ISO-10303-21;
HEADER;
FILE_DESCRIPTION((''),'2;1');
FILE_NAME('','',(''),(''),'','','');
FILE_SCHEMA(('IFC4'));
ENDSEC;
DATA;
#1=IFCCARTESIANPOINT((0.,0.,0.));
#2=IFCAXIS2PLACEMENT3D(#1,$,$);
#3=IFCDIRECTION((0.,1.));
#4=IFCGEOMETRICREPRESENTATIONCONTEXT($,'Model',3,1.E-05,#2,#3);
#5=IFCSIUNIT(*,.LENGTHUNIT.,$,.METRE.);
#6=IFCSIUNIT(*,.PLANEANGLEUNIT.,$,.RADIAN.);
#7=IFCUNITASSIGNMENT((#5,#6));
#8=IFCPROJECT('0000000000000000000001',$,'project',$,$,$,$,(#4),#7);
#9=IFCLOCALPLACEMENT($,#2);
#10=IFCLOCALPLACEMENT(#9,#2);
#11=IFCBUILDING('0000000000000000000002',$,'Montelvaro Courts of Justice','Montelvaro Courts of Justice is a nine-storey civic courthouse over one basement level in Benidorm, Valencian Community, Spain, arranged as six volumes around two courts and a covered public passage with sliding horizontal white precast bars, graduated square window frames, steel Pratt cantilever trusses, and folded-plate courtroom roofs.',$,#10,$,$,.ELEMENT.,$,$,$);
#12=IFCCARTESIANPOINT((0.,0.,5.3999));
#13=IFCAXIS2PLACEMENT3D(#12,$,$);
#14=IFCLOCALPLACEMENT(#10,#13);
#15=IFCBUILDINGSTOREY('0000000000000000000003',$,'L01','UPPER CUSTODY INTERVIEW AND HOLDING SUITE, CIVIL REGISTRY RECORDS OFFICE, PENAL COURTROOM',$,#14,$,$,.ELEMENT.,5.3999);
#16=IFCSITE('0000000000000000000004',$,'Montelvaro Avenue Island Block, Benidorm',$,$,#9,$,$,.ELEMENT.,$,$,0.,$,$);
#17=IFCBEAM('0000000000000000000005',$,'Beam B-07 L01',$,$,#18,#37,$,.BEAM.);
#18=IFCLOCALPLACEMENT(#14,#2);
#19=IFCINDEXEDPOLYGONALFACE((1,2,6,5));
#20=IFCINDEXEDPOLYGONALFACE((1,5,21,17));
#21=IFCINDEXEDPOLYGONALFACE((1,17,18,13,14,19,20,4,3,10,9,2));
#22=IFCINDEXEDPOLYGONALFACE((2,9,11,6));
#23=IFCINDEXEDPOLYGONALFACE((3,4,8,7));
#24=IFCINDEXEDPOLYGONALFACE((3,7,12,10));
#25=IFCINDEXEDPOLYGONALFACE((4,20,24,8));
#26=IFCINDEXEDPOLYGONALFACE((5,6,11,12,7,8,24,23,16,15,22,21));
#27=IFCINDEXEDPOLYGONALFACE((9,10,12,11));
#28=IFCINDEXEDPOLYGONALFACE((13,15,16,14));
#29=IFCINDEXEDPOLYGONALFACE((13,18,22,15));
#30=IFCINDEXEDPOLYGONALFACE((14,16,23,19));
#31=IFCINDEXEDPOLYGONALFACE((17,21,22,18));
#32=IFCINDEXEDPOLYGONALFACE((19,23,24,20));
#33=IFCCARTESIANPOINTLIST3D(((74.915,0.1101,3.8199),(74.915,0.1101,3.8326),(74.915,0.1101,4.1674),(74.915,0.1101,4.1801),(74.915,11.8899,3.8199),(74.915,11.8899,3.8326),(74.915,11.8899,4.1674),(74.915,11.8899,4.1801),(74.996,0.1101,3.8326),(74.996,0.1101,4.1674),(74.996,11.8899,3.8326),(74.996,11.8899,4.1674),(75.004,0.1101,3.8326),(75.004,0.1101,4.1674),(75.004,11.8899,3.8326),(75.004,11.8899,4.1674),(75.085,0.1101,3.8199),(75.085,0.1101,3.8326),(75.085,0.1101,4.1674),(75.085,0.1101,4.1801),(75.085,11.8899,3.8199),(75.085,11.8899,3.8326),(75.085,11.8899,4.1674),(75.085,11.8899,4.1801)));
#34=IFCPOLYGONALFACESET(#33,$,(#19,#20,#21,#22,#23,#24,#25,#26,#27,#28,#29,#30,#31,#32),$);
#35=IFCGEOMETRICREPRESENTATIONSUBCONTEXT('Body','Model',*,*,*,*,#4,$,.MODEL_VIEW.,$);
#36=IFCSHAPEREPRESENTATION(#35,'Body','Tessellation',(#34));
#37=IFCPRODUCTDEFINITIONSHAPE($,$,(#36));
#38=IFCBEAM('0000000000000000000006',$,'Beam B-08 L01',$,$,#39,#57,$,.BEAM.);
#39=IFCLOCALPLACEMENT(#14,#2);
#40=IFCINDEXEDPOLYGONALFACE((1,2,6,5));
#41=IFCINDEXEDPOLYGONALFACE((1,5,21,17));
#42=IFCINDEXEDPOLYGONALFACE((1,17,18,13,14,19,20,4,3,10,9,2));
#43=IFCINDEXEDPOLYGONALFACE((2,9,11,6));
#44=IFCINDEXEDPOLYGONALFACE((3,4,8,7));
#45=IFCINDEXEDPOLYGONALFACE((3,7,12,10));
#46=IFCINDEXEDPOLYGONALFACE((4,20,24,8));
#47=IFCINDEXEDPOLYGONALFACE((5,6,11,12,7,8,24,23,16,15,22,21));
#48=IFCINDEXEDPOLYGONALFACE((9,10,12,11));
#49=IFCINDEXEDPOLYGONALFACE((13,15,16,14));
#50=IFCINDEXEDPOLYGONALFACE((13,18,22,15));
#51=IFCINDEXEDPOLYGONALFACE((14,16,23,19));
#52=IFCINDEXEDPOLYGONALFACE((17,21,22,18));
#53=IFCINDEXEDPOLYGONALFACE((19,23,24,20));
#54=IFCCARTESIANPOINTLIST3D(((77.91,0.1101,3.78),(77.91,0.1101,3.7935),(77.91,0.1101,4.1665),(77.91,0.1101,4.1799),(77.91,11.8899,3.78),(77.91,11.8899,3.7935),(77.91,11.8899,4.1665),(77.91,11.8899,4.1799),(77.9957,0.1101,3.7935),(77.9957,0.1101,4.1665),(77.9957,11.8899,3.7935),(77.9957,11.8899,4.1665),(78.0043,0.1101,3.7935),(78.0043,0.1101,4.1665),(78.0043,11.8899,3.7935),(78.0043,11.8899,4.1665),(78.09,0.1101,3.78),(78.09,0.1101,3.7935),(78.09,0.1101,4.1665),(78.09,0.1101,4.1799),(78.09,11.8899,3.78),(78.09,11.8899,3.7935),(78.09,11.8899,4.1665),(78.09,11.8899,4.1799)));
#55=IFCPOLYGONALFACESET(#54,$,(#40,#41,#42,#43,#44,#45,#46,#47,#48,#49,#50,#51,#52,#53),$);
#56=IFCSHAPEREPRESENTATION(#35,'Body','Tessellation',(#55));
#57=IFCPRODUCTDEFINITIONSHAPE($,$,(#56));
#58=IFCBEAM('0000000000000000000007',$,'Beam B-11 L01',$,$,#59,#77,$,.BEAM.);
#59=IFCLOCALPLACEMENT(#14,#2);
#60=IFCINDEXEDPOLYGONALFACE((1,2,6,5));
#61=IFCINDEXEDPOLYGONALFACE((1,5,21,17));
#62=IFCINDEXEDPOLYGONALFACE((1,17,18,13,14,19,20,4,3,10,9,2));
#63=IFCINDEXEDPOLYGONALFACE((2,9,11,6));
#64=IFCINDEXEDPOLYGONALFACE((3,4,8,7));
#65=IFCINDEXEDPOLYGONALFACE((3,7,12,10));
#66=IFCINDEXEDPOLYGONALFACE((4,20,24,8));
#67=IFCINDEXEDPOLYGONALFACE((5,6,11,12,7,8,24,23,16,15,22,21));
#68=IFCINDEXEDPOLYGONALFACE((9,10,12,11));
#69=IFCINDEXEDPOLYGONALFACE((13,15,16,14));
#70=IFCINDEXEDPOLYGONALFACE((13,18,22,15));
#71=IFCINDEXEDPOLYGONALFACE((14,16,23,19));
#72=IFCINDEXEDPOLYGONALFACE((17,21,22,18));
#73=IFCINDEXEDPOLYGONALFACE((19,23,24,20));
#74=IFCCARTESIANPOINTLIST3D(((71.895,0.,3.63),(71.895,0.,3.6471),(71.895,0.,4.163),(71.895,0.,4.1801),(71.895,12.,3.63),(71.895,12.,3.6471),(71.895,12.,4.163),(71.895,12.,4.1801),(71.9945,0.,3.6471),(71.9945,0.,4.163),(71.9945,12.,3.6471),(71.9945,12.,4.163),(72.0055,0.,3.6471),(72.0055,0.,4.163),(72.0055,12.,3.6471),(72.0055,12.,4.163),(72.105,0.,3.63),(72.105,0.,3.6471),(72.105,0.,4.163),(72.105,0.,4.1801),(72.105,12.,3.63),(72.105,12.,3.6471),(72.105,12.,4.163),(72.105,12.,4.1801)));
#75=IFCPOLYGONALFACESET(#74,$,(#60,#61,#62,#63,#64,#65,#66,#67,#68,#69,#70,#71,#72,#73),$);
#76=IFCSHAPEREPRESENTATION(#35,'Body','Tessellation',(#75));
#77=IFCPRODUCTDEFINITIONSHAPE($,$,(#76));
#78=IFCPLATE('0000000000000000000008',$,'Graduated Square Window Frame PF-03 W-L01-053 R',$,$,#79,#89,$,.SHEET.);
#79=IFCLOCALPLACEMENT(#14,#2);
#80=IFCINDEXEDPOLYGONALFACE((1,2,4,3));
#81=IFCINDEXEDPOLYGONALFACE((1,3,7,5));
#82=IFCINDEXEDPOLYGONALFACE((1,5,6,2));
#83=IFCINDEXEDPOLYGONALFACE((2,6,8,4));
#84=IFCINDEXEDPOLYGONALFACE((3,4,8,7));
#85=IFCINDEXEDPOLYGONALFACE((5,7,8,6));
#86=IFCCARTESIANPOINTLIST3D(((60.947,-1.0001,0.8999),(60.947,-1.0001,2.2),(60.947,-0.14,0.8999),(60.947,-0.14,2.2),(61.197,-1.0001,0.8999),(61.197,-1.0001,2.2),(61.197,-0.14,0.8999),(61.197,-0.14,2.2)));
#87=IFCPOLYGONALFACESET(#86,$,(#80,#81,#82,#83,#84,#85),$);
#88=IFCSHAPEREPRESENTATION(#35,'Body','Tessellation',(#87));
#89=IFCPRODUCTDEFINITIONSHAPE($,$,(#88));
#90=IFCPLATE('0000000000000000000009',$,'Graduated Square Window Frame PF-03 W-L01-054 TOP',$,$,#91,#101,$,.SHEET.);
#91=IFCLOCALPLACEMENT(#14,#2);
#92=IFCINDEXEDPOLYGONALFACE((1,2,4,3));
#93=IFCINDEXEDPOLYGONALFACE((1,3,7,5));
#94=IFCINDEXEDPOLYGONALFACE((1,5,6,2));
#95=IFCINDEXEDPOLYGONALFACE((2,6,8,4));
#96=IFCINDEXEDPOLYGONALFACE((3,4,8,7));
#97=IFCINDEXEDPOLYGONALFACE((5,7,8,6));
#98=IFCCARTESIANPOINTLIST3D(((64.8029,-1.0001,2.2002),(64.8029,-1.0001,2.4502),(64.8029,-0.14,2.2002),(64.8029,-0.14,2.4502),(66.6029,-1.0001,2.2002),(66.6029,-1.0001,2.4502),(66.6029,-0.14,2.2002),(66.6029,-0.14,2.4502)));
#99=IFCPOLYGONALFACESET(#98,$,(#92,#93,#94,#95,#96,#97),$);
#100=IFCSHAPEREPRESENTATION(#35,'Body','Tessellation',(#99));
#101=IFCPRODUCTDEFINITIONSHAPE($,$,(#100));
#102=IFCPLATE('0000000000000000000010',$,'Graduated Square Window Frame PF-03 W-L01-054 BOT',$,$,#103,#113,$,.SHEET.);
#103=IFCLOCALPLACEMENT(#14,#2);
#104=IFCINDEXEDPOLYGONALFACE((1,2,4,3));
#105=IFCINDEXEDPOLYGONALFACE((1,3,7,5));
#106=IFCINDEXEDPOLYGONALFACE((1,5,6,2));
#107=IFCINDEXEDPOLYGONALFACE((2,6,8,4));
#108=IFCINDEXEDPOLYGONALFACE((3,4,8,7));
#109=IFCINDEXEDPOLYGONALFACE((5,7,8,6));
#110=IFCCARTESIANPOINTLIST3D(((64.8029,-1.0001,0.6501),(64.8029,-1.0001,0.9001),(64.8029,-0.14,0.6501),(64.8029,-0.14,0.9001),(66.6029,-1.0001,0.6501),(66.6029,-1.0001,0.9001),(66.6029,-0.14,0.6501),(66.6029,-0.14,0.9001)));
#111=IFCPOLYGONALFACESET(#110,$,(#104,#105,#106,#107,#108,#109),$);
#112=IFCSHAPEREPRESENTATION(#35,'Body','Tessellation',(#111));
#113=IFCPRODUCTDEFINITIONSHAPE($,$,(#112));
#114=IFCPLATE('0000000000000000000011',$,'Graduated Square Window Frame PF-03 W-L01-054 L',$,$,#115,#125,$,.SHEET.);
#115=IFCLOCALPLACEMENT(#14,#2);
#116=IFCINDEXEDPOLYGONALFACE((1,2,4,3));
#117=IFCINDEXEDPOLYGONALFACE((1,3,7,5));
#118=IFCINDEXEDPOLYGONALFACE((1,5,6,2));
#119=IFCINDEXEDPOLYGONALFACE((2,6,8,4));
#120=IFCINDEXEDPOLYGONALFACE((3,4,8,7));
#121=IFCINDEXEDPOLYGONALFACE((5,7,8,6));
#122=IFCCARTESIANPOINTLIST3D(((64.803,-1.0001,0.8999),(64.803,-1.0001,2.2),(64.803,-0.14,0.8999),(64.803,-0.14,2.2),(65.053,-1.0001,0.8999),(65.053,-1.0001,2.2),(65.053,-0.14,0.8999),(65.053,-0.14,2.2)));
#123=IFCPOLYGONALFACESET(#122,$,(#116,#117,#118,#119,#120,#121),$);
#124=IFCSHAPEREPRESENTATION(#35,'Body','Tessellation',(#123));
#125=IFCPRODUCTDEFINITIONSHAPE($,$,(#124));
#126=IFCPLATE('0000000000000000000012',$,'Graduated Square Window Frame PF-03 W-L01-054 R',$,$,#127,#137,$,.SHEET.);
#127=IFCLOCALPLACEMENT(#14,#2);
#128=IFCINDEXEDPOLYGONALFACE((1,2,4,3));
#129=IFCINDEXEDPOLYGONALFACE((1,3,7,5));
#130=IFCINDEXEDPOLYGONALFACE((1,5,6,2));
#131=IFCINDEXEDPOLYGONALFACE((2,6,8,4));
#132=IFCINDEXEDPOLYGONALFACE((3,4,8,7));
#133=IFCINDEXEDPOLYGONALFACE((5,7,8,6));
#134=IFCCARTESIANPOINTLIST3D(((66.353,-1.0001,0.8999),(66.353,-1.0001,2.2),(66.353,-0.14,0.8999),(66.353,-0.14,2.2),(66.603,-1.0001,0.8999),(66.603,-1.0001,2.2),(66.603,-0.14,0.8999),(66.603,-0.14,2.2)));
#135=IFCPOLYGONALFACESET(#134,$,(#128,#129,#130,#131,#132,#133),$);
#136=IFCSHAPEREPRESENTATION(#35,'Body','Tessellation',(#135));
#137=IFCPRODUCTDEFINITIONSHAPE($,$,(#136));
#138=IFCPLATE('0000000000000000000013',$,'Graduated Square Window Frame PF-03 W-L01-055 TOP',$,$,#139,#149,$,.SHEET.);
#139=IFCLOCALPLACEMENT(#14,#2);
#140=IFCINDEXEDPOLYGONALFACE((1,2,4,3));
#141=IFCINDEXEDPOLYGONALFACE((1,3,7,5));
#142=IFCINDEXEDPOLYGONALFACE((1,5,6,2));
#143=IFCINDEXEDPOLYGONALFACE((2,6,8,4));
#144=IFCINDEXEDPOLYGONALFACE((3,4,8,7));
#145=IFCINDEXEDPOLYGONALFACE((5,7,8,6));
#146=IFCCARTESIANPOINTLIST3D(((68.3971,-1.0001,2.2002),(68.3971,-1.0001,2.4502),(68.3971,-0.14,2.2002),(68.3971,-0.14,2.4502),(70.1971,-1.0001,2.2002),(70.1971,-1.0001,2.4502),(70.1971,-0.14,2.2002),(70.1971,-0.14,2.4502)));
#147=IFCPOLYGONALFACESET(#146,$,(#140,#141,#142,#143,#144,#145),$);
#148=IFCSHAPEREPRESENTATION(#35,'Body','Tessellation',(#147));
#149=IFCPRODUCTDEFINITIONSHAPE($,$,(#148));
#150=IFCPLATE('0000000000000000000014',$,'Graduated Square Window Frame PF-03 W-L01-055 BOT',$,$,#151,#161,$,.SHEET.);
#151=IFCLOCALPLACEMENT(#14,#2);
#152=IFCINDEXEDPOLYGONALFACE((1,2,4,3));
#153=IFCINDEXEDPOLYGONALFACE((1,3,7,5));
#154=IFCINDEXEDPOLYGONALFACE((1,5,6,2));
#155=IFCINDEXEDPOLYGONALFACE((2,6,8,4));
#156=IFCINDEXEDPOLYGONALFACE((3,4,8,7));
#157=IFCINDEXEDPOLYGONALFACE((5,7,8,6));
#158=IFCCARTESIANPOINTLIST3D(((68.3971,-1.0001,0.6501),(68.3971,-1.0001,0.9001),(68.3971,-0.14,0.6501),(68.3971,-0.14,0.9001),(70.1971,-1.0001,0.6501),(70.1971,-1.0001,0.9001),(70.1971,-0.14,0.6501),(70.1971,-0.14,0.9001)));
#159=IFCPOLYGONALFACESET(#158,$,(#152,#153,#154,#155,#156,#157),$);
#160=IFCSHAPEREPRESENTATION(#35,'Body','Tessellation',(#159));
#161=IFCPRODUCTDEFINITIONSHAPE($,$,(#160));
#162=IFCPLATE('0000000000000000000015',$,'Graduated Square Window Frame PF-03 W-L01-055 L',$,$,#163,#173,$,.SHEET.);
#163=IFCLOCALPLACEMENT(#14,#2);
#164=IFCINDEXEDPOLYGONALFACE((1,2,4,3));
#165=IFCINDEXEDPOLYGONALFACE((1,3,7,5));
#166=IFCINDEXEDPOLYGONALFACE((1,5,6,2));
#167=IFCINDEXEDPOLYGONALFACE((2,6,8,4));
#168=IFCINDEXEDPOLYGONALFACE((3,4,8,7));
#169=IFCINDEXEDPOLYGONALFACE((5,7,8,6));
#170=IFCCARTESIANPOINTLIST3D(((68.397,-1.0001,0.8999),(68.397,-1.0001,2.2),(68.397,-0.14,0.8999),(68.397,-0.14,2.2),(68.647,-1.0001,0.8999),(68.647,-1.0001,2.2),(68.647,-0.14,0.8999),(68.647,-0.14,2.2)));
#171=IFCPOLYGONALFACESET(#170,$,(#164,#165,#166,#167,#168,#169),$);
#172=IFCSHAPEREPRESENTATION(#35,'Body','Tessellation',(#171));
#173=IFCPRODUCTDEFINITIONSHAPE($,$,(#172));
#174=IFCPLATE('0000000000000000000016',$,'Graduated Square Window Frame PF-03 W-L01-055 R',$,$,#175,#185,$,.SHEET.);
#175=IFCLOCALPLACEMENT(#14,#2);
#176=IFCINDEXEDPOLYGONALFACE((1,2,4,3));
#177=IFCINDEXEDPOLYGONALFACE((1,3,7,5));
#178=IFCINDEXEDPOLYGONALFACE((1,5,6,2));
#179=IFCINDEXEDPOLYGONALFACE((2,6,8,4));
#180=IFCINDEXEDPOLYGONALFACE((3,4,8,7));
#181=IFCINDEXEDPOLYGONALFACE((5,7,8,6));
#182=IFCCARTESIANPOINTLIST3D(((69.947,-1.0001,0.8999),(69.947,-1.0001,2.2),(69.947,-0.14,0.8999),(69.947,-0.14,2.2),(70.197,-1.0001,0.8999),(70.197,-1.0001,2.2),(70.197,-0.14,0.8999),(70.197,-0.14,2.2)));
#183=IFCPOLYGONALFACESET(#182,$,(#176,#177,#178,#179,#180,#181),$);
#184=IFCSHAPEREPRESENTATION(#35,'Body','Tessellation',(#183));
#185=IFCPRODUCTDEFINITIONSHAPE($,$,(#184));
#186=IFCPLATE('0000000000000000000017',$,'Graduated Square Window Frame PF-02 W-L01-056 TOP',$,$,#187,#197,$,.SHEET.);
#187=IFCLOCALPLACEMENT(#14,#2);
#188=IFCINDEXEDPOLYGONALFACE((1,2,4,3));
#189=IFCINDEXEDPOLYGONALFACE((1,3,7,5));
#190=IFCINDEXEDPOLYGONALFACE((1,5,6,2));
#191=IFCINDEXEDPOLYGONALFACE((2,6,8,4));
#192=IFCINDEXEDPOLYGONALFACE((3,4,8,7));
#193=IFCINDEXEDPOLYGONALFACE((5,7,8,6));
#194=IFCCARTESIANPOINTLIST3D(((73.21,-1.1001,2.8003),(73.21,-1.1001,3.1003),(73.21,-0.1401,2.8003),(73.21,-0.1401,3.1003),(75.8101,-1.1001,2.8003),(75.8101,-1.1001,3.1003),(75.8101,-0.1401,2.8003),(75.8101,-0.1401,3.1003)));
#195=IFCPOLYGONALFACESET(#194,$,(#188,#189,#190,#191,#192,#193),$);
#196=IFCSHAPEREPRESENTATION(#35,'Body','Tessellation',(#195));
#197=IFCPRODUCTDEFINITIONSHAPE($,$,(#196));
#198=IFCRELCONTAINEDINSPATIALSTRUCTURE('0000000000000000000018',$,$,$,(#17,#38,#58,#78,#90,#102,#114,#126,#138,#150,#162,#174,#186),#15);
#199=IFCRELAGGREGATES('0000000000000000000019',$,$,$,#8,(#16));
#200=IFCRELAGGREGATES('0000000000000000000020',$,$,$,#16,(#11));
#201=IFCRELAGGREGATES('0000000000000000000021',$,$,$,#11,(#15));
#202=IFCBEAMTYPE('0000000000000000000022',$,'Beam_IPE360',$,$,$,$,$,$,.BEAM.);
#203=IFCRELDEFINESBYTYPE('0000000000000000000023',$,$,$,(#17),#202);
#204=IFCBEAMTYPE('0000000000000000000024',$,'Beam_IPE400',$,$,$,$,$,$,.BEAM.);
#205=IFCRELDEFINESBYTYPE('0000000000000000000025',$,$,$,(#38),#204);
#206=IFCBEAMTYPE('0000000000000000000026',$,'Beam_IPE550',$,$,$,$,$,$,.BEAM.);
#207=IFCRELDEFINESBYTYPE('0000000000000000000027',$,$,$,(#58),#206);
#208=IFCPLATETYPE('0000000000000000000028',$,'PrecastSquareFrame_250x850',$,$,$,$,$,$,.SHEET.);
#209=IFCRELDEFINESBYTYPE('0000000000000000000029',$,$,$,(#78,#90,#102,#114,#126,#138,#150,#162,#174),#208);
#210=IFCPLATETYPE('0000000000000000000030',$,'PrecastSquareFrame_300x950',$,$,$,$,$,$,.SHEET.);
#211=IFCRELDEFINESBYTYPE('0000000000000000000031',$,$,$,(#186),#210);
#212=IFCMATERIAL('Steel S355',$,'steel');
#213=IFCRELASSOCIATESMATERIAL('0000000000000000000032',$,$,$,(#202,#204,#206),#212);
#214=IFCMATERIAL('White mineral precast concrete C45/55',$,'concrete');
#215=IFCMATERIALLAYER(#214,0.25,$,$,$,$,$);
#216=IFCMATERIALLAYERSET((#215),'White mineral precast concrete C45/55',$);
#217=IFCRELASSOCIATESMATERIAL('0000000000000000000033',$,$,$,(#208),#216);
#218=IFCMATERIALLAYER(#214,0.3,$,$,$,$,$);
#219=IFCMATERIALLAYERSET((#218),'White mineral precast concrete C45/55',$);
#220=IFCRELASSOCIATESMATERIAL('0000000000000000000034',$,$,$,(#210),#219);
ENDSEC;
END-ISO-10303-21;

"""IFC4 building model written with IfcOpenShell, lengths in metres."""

from ifc_helpers import new_model, si_unit, direction, frame, origin, origin_2d, place, context, subcontext, project, spatial, rectangle, i_section, extrude, material, layer, layer_set, material_profile, profile_set, type_object, element, save


model = new_model("IFC4")

# Units and contexts
model_context = context("Model", 3, precision=1e-05, world=origin(), true_north=direction((0.0, 1.0)))
body_context = subcontext(model_context, "Body", "Model", "MODEL_VIEW")
ifc_project = project(units=[si_unit("LENGTHUNIT", "METRE"), si_unit("PLANEANGLEUNIT", "RADIAN")], contexts=[model_context])

# Site, building, storey
site_placement = place(None, origin())
site = spatial("IfcSite", under=ifc_project, at=site_placement, Name="Montelvaro Avenue Island Block, Benidorm", CompositionType="ELEMENT", RefElevation=0.0)
building_placement = place(site_placement, origin())
building = spatial("IfcBuilding", under=site, at=building_placement, Name="Montelvaro Courts of Justice", Description="Montelvaro Courts of Justice is a nine-storey civic courthouse over one basement level in Benidorm, Valencian Community, Spain, arranged as six volumes around two courts and a covered public passage with sliding horizontal white precast bars, graduated square window frames, steel Pratt cantilever trusses, and folded-plate courtroom roofs.", CompositionType="ELEMENT")
storey_placement = place(building_placement, frame((0.0, 0.0, 5.3999)))
storey = spatial("IfcBuildingStorey", under=building, at=storey_placement, Name="L01", Description="UPPER CUSTODY INTERVIEW AND HOLDING SUITE, CIVIL REGISTRY RECORDS OFFICE, PENAL COURTROOM", CompositionType="ELEMENT", Elevation=5.3999)

# Shared definitions
ifc_material_1 = material(Name="Steel S355", Category="steel")

# Beams
ifc_material_profile_1 = material_profile(ifc_material_1, i_section(OverallWidth=0.1699, OverallDepth=0.3601, WebThickness=0.0081, FlangeThickness=0.0127, at=origin_2d()), Name="IPE 360")
ifc_profile_set_1 = profile_set([ifc_material_profile_1], Name="Steel S355")
beam_type_1 = type_object("IfcBeamType", Name="Beam_IPE360", PredefinedType="BEAM", material=ifc_profile_set_1)
for number, where, z_axis, x_axis, name in (
    (1, (75.0, 0.1101, 4.0), (0.0, 1.0, 0.0), (-1.0, 0.0, 0.0), "Beam B-07 L01"),
):
    element("IfcBeam", number, at=place(storey_placement, frame(where, z_axis=z_axis, x_axis=x_axis)), inside=storey, type_object=beam_type_1, Name=name, PredefinedType="BEAM", context=body_context, shape_type="SweptSolid", body=[
        extrude(i_section(OverallWidth=0.1699, OverallDepth=0.3601, WebThickness=0.0081, FlangeThickness=0.0127, at=origin_2d()), origin(), (0.0, 0.0, 1.0), 11.7798),
    ])
ifc_material_profile_2 = material_profile(ifc_material_1, i_section(OverallWidth=0.1799, OverallDepth=0.3999, WebThickness=0.0085, FlangeThickness=0.0134, at=origin_2d()), Name="IPE 400")
ifc_profile_set_2 = profile_set([ifc_material_profile_2], Name="Steel S355")
beam_type_2 = type_object("IfcBeamType", Name="Beam_IPE400", PredefinedType="BEAM", material=ifc_profile_set_2)
beam_1_placement = place(storey_placement, frame((78.0, 0.1101, 3.98), z_axis=(0.0, 1.0, 0.0), x_axis=(-1.0, 0.0, 0.0)))
element("IfcBeam", 2, at=beam_1_placement, inside=storey, type_object=beam_type_2, Name="Beam B-08 L01", PredefinedType="BEAM", context=body_context, shape_type="SweptSolid", body=[
    extrude(i_section(OverallWidth=0.1799, OverallDepth=0.3999, WebThickness=0.0085, FlangeThickness=0.0134, at=origin_2d()), origin(), (0.0, 0.0, 1.0), 11.7798),
])
ifc_material_profile_3 = material_profile(ifc_material_1, i_section(OverallWidth=0.21, OverallDepth=0.55, WebThickness=0.011, FlangeThickness=0.0171, at=origin_2d()), Name="IPE 550")
ifc_profile_set_3 = profile_set([ifc_material_profile_3], Name="Steel S355")
beam_type_3 = type_object("IfcBeamType", Name="Beam_IPE550", PredefinedType="BEAM", material=ifc_profile_set_3)
beam_2_placement = place(storey_placement, frame((72.0, 0.0, 3.905), z_axis=(0.0, 1.0, 0.0), x_axis=(-1.0, 0.0, 0.0)))
element("IfcBeam", 3, at=beam_2_placement, inside=storey, type_object=beam_type_3, Name="Beam B-11 L01", PredefinedType="BEAM", context=body_context, shape_type="SweptSolid", body=[
    extrude(i_section(OverallWidth=0.21, OverallDepth=0.55, WebThickness=0.011, FlangeThickness=0.0171, at=origin_2d()), origin(), (0.0, 0.0, 1.0), 12.0),
])

# Plates
ifc_material_2 = material(Name="White mineral precast concrete C45/55", Category="concrete")
ifc_layer_1 = layer(ifc_material_2, 0.25)
ifc_layer_set_1 = layer_set([ifc_layer_1], Name="White mineral precast concrete C45/55")
plate_type_1 = type_object("IfcPlateType", Name="PrecastSquareFrame_250x850", PredefinedType="SHEET", material=ifc_layer_set_1)
plate_placement = place(storey_placement, frame((61.072, -0.5701, 0.8999), z_axis=(0.0, 0.0, 1.0), x_axis=(1.0, 0.0, 0.0)))
element("IfcPlate", 4, at=plate_placement, inside=storey, type_object=plate_type_1, Name="Graduated Square Window Frame PF-03 W-L01-053 R", PredefinedType="SHEET", context=body_context, shape_type="SweptSolid", body=[
    extrude(rectangle(XDim=0.25, YDim=0.8601, at=origin_2d()), origin(), (0.0, 0.0, 1.0), 1.3),
])
for number, where, z_axis, x_axis, name in (
    (5, (65.7029, -0.5701, 2.2002), (0.0, 0.0, 1.0), (1.0, 0.0, 0.0), "Graduated Square Window Frame PF-03 W-L01-054 TOP"),
    (6, (65.7029, -0.5701, 0.6501), (0.0, 0.0, 1.0), (1.0, 0.0, 0.0), "Graduated Square Window Frame PF-03 W-L01-054 BOT"),
):
    element("IfcPlate", number, at=place(storey_placement, frame(where, z_axis=z_axis, x_axis=x_axis)), inside=storey, type_object=plate_type_1, Name=name, PredefinedType="SHEET", context=body_context, shape_type="SweptSolid", body=[
        extrude(rectangle(XDim=1.8, YDim=0.8601, at=origin_2d()), origin(), (0.0, 0.0, 1.0), 0.25),
    ])
for number, where, z_axis, x_axis, name in (
    (7, (64.928, -0.5701, 0.8999), (0.0, 0.0, 1.0), (1.0, 0.0, 0.0), "Graduated Square Window Frame PF-03 W-L01-054 L"),
    (8, (66.478, -0.5701, 0.8999), (0.0, 0.0, 1.0), (1.0, 0.0, 0.0), "Graduated Square Window Frame PF-03 W-L01-054 R"),
):
    element("IfcPlate", number, at=place(storey_placement, frame(where, z_axis=z_axis, x_axis=x_axis)), inside=storey, type_object=plate_type_1, Name=name, PredefinedType="SHEET", context=body_context, shape_type="SweptSolid", body=[
        extrude(rectangle(XDim=0.25, YDim=0.8601, at=origin_2d()), origin(), (0.0, 0.0, 1.0), 1.3),
    ])
for number, where, z_axis, x_axis, name in (
    (9, (69.2971, -0.5701, 2.2002), (0.0, 0.0, 1.0), (1.0, 0.0, 0.0), "Graduated Square Window Frame PF-03 W-L01-055 TOP"),
    (10, (69.2971, -0.5701, 0.6501), (0.0, 0.0, 1.0), (1.0, 0.0, 0.0), "Graduated Square Window Frame PF-03 W-L01-055 BOT"),
):
    element("IfcPlate", number, at=place(storey_placement, frame(where, z_axis=z_axis, x_axis=x_axis)), inside=storey, type_object=plate_type_1, Name=name, PredefinedType="SHEET", context=body_context, shape_type="SweptSolid", body=[
        extrude(rectangle(XDim=1.8, YDim=0.8601, at=origin_2d()), origin(), (0.0, 0.0, 1.0), 0.25),
    ])
for number, where, z_axis, x_axis, name in (
    (11, (68.522, -0.5701, 0.8999), (0.0, 0.0, 1.0), (1.0, 0.0, 0.0), "Graduated Square Window Frame PF-03 W-L01-055 L"),
    (12, (70.072, -0.5701, 0.8999), (0.0, 0.0, 1.0), (1.0, 0.0, 0.0), "Graduated Square Window Frame PF-03 W-L01-055 R"),
):
    element("IfcPlate", number, at=place(storey_placement, frame(where, z_axis=z_axis, x_axis=x_axis)), inside=storey, type_object=plate_type_1, Name=name, PredefinedType="SHEET", context=body_context, shape_type="SweptSolid", body=[
        extrude(rectangle(XDim=0.25, YDim=0.8601, at=origin_2d()), origin(), (0.0, 0.0, 1.0), 1.3),
    ])
ifc_layer_2 = layer(ifc_material_2, 0.3)
ifc_layer_set_2 = layer_set([ifc_layer_2], Name="White mineral precast concrete C45/55")
plate_type_2 = type_object("IfcPlateType", Name="PrecastSquareFrame_300x950", PredefinedType="SHEET", material=ifc_layer_set_2)
for number, where, z_axis, x_axis, name in (
    (13, (74.51, -0.6201, 2.8003), (0.0, 0.0, 1.0), (1.0, 0.0, 0.0), "Graduated Square Window Frame PF-02 W-L01-056 TOP"),
):
    element("IfcPlate", number, at=place(storey_placement, frame(where, z_axis=z_axis, x_axis=x_axis)), inside=storey, type_object=plate_type_2, Name=name, PredefinedType="SHEET", context=body_context, shape_type="SweptSolid", body=[
        extrude(rectangle(XDim=2.6001, YDim=0.96, at=origin_2d()), origin(), (0.0, 0.0, 1.0), 0.3),
    ])

save(model, "model.ifc")
